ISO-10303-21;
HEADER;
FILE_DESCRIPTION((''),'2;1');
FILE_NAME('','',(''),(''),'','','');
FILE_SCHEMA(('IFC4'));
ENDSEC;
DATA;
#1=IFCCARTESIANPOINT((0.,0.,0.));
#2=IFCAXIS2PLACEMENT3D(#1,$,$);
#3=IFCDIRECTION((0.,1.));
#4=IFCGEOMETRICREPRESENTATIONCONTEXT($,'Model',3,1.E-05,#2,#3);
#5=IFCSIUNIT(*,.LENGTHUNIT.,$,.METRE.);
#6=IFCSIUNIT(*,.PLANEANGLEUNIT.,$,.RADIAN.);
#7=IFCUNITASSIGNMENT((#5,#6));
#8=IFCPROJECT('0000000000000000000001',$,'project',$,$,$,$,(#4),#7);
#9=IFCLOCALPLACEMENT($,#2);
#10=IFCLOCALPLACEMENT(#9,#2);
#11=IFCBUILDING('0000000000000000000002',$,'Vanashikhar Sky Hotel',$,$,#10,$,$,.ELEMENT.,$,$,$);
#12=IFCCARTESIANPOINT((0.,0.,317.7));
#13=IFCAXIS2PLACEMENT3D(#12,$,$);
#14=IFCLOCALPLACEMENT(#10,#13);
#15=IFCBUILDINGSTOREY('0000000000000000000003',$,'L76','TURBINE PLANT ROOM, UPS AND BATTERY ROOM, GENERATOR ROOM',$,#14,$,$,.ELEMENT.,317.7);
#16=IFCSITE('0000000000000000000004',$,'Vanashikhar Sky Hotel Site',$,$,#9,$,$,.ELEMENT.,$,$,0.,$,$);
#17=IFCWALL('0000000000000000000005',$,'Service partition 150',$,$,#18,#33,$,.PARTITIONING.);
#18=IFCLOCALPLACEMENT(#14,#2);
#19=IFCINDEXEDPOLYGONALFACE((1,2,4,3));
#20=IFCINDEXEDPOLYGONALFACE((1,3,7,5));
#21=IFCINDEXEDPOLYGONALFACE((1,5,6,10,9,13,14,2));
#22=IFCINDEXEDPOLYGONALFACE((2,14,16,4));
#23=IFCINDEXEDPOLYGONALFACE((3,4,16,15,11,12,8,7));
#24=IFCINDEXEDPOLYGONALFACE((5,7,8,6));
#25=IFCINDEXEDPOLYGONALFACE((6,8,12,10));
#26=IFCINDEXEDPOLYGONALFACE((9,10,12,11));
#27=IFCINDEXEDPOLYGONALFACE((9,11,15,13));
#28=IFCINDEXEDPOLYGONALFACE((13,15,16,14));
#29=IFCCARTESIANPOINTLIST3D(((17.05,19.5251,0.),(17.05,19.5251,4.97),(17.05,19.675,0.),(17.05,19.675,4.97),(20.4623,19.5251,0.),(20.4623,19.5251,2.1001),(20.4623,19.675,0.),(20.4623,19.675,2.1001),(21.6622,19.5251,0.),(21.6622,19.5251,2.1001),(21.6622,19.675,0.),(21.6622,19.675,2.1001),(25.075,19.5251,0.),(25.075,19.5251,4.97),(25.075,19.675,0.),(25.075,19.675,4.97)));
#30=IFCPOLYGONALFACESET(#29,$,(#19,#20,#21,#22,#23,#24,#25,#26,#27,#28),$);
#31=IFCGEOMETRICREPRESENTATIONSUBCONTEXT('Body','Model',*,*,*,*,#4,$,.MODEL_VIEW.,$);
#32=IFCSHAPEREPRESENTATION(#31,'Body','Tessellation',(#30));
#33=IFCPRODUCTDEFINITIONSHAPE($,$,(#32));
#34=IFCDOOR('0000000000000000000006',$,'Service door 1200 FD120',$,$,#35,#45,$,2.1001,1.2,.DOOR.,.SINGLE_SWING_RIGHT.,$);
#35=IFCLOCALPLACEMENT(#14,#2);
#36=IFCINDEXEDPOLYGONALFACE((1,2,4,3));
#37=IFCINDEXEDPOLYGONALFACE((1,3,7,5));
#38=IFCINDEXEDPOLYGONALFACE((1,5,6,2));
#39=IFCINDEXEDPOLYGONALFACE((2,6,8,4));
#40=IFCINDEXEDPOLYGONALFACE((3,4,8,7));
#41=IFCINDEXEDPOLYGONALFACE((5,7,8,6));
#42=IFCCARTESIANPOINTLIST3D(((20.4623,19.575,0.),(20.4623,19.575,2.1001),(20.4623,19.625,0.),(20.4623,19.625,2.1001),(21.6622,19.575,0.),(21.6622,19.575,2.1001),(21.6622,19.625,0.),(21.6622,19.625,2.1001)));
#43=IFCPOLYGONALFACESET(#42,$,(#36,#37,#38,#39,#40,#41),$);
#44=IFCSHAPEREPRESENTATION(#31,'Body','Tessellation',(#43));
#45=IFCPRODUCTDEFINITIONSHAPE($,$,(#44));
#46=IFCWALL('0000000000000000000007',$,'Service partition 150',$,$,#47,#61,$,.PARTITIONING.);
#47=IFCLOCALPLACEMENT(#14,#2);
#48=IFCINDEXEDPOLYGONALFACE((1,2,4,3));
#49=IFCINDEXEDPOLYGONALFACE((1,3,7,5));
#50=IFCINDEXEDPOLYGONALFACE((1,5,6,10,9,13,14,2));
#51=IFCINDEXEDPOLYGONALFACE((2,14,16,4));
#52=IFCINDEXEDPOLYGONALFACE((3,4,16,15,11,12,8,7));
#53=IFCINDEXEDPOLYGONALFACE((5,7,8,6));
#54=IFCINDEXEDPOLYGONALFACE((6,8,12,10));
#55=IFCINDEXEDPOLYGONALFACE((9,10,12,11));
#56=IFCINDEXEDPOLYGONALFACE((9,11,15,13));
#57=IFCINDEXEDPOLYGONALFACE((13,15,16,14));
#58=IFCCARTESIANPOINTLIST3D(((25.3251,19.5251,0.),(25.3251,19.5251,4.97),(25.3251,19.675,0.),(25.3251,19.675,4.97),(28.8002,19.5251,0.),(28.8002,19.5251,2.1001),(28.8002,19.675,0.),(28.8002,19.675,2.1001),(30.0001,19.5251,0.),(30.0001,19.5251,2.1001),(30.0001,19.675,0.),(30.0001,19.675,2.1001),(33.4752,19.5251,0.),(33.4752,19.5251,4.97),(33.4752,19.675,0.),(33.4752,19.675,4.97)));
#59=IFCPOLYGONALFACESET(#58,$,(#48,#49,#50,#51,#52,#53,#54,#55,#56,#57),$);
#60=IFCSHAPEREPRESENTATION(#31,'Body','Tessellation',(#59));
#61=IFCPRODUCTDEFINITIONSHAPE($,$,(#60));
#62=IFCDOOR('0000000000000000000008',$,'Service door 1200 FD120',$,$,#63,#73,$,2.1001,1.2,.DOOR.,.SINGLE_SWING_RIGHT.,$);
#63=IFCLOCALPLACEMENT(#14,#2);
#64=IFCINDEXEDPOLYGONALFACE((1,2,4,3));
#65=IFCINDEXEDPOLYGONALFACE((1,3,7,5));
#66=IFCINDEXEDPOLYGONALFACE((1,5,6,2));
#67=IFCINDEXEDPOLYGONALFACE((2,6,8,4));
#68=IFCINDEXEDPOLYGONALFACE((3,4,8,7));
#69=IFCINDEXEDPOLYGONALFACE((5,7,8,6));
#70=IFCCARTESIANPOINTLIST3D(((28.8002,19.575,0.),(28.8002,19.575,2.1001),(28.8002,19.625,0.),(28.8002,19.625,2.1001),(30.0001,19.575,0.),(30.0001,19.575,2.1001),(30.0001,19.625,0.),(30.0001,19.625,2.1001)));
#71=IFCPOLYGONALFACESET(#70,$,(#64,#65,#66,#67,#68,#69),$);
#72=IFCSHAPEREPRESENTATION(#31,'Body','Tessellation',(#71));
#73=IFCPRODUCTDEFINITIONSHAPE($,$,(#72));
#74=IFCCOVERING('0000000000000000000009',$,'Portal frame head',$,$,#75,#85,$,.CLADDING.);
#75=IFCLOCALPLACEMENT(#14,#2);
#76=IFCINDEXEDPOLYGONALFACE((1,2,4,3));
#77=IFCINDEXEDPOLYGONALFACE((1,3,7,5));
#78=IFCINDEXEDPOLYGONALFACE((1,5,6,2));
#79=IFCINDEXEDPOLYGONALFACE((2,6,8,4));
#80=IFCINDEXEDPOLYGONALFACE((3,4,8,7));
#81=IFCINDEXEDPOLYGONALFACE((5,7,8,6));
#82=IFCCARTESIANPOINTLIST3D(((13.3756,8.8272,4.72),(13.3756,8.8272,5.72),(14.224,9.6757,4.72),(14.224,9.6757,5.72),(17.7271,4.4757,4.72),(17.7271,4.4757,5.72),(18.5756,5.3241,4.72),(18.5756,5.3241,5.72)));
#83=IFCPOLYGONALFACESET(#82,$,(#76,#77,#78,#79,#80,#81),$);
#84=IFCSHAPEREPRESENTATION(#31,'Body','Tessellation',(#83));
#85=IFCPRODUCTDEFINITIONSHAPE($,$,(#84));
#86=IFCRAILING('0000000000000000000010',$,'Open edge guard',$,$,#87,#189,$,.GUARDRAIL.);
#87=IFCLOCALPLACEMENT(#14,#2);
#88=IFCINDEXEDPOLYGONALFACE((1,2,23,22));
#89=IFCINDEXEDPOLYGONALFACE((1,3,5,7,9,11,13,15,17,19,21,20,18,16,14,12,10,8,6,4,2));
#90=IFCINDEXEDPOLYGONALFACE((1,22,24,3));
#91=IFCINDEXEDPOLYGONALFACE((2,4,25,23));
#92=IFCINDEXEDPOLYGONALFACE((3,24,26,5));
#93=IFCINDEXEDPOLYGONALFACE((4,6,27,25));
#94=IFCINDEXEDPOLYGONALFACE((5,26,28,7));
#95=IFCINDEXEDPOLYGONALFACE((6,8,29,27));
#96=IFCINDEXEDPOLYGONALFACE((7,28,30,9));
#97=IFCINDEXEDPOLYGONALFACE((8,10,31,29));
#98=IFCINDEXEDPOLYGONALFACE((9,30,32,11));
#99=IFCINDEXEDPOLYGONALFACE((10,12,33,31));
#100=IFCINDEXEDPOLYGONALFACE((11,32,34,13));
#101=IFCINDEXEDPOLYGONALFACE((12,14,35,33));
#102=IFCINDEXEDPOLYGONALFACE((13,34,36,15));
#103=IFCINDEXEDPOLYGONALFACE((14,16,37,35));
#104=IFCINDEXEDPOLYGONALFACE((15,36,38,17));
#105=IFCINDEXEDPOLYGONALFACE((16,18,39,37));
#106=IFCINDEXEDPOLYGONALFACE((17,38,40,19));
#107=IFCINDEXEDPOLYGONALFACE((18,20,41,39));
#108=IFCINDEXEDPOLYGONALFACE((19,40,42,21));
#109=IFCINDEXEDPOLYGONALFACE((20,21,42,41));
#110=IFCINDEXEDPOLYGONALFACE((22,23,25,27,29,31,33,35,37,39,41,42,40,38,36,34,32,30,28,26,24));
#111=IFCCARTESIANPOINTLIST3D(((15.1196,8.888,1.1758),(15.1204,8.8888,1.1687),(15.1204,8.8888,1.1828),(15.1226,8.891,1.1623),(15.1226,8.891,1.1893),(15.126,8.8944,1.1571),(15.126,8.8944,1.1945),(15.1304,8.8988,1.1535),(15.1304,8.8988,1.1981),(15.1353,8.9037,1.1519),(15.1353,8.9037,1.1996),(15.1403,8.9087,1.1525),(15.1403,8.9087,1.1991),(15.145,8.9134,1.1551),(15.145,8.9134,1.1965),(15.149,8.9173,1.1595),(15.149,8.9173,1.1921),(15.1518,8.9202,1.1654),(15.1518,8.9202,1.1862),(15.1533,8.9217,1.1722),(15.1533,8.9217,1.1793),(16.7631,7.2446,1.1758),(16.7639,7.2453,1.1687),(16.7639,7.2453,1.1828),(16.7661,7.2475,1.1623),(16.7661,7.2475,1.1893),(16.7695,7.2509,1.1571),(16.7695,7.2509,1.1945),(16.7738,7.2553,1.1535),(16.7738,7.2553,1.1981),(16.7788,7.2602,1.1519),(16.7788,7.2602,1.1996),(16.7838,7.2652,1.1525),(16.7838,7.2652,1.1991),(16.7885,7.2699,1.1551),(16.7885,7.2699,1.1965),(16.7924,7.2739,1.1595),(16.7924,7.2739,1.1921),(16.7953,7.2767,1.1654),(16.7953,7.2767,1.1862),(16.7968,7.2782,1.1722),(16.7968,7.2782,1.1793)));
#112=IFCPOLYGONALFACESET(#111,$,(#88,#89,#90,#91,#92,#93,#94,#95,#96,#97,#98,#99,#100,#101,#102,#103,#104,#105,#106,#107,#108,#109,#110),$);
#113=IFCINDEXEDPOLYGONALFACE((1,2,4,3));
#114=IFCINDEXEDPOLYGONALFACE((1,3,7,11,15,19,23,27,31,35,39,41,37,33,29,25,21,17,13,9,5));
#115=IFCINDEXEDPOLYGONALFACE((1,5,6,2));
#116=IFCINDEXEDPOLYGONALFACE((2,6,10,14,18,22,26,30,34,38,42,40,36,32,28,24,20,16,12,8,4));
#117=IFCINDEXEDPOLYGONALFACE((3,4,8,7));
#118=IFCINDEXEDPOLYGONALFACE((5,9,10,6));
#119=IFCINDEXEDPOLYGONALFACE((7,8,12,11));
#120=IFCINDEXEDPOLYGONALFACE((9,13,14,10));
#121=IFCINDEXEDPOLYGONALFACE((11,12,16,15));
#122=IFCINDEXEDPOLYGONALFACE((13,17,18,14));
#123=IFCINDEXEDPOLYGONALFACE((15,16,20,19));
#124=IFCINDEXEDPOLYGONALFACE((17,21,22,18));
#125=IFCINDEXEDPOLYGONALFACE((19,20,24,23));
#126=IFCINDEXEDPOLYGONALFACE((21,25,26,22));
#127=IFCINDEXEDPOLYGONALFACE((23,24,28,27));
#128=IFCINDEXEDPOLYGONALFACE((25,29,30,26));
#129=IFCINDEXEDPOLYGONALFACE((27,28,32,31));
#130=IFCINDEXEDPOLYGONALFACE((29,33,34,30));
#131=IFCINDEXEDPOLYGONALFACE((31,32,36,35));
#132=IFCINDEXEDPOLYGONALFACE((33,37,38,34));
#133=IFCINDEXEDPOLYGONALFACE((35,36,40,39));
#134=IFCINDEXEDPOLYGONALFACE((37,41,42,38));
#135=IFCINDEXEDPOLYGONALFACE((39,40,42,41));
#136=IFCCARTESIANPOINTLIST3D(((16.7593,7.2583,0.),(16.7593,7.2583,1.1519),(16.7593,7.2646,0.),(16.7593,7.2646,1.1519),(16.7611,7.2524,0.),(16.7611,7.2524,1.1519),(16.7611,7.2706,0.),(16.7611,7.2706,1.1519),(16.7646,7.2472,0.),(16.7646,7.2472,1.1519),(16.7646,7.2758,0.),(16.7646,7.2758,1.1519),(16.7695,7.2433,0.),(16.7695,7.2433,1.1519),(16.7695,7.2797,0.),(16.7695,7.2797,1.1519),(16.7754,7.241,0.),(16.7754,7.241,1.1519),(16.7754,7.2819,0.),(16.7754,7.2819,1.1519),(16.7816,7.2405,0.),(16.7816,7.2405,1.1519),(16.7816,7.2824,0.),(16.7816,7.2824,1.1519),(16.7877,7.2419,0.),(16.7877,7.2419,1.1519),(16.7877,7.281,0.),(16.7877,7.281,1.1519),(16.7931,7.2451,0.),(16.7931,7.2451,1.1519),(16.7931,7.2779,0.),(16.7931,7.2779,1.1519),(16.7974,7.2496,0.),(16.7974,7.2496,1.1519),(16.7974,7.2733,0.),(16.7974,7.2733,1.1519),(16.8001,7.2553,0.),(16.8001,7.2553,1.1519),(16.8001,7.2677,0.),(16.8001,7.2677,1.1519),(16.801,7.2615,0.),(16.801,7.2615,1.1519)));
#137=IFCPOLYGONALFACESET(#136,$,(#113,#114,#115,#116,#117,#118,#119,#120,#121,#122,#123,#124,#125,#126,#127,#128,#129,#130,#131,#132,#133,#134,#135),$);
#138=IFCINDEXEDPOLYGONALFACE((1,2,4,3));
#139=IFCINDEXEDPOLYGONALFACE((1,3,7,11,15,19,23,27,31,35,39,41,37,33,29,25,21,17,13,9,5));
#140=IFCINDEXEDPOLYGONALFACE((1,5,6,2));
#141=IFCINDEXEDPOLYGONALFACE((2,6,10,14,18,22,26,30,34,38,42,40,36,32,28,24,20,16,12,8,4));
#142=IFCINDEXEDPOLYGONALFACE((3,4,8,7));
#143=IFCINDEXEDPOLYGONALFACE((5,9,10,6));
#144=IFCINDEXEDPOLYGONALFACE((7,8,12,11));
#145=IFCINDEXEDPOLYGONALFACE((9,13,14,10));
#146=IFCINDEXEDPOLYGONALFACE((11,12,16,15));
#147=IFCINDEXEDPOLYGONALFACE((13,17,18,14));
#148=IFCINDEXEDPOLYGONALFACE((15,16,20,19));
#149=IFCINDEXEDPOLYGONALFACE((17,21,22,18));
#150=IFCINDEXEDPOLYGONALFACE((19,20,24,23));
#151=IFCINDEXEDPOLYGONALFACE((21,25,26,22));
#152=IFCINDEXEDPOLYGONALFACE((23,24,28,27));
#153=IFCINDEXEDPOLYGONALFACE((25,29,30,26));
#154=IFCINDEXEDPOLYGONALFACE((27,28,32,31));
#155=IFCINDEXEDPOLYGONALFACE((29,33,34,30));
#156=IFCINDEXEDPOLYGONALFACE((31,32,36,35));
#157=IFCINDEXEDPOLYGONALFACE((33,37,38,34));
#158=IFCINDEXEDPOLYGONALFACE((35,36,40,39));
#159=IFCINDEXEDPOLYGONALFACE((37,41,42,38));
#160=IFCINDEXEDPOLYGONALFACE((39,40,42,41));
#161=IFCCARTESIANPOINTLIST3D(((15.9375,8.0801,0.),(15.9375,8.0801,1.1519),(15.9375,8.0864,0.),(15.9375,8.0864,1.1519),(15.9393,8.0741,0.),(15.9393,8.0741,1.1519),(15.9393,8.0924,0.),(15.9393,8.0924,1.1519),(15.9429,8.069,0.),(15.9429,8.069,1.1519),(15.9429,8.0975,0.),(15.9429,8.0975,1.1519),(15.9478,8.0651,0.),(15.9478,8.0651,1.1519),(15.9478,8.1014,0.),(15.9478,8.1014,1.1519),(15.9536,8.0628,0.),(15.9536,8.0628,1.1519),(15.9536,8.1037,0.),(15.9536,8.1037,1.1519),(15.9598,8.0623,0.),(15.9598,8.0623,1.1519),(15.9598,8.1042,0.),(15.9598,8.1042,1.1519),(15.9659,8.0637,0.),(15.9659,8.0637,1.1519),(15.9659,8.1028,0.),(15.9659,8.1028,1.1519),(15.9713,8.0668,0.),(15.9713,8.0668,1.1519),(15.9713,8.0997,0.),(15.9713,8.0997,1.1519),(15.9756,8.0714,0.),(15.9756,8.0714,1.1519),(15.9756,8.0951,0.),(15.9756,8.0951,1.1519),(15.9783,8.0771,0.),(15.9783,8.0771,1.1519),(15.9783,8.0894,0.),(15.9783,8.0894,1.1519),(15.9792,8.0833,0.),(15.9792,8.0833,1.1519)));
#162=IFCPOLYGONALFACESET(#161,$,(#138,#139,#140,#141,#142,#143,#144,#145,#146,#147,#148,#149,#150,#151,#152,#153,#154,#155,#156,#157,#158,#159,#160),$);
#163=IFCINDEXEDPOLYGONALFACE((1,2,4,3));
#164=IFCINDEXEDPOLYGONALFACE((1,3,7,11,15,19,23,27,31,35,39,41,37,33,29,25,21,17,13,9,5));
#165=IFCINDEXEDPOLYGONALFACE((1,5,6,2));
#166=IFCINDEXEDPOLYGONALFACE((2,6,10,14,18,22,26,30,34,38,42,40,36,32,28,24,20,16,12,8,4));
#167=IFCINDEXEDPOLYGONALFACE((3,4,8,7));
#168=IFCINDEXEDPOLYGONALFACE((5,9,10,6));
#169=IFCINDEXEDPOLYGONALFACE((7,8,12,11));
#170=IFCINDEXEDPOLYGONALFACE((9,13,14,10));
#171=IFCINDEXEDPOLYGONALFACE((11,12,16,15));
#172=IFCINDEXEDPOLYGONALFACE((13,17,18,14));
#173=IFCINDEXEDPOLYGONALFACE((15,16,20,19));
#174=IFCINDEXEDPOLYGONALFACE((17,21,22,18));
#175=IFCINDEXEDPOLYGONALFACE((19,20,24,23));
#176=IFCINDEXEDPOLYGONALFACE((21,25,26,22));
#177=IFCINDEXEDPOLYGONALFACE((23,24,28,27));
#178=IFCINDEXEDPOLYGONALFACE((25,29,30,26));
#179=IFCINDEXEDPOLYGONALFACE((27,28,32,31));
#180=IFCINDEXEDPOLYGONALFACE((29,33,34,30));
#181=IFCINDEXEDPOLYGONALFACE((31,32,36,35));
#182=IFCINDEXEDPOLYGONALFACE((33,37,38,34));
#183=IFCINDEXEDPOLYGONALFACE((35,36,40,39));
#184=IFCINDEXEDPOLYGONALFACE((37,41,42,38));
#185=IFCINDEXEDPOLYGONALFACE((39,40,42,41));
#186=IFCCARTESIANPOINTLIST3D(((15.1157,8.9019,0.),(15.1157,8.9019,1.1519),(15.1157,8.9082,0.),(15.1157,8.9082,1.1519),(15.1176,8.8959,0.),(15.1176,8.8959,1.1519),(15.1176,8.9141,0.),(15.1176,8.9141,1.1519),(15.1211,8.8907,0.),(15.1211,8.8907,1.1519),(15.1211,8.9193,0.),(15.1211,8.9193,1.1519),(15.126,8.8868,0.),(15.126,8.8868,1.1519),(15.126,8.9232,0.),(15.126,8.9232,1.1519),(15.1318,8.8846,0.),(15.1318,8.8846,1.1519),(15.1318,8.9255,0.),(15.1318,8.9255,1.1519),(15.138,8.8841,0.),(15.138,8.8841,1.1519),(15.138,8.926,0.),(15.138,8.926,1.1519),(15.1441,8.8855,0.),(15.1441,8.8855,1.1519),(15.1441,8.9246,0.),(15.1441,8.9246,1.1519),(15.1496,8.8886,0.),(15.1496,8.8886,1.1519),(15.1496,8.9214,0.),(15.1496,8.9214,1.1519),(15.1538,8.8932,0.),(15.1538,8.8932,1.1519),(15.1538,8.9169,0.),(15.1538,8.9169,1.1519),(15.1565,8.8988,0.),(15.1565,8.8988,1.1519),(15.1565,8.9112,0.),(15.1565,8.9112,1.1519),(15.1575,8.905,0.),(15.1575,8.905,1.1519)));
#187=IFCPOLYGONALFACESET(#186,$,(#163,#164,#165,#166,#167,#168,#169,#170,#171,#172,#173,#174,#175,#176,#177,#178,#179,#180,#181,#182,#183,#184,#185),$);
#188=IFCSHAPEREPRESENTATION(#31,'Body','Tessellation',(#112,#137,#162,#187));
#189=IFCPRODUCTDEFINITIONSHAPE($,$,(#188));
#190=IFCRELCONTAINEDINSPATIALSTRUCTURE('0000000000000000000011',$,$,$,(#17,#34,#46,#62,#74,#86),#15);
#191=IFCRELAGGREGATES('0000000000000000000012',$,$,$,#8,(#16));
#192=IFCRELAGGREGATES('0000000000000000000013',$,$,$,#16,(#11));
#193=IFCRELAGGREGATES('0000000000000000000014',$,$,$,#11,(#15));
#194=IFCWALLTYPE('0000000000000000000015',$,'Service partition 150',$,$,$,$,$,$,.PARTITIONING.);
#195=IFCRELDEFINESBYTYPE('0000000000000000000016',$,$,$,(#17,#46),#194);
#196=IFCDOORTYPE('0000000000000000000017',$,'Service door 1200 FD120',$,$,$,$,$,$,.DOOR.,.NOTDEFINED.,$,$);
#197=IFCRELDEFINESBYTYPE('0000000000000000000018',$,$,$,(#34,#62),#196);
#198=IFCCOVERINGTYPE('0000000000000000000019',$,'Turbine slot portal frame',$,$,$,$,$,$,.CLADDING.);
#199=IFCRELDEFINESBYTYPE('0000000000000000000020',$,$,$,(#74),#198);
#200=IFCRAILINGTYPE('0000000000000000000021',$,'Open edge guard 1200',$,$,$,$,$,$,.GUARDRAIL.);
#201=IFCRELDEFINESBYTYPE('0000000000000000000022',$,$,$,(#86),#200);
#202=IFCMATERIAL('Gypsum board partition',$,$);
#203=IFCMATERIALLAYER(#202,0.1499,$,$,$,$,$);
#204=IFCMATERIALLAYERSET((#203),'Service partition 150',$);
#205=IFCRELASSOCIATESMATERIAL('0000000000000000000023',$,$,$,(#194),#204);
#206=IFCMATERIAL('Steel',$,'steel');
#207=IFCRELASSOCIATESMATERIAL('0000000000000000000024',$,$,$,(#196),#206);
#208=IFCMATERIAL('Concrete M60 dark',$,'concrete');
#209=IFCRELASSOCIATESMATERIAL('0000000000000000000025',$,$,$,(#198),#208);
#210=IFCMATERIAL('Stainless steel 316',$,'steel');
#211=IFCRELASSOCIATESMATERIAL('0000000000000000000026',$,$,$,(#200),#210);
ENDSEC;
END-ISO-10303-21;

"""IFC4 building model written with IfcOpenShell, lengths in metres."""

from ifc_helpers import new_model, si_unit, direction, frame, frame_2d, origin, origin_2d, place, context, subcontext, project, spatial, rectangle, circle, extrude, source, transform, mapped, material, layer, layer_set, type_object, element, fill, save


model = new_model("IFC4")

# Units and contexts
model_context = context("Model", 3, precision=1e-05, world=origin(), true_north=direction((0.0, 1.0)))
body_context = subcontext(model_context, "Body", "Model", "MODEL_VIEW")
ifc_project = project(units=[si_unit("LENGTHUNIT", "METRE"), si_unit("PLANEANGLEUNIT", "RADIAN")], contexts=[model_context])

# Site, building, storey
site_placement = place(None, origin())
site = spatial("IfcSite", under=ifc_project, at=site_placement, Name="Vanashikhar Sky Hotel Site", CompositionType="ELEMENT", RefElevation=0.0)
building_placement = place(site_placement, origin())
building = spatial("IfcBuilding", under=site, at=building_placement, Name="Vanashikhar Sky Hotel", CompositionType="ELEMENT")
storey_placement = place(building_placement, frame((0.0, 0.0, 317.7)))
storey = spatial("IfcBuildingStorey", under=building, at=storey_placement, Name="L76", Description="TURBINE PLANT ROOM, UPS AND BATTERY ROOM, GENERATOR ROOM", CompositionType="ELEMENT", Elevation=317.7)

# Walls, openings, doors
ifc_material_1 = material(Name="Gypsum board partition")
ifc_layer_1 = layer(ifc_material_1, 0.1499)
ifc_layer_set_1 = layer_set([ifc_layer_1], Name="Service partition 150")
wall_type_1 = type_object("IfcWallType", Name="Service partition 150", PredefinedType="PARTITIONING", material=ifc_layer_set_1)
shared_shape_1 = source(origin(), body_context, "Body", "SweptSolid", [
    extrude(rectangle(XDim=8.0249, YDim=0.1499, at=frame_2d((4.0125, 0.0))), origin(), (0.0, 0.0, 1.0), 4.97),
])
wall_1_placement = place(storey_placement, frame((17.05, 19.6001, 0.0), z_axis=(0.0, 0.0, 1.0), x_axis=(1.0, 0.0, 0.0)))
wall_1 = element("IfcWall", 1, at=wall_1_placement, inside=storey, type_object=wall_type_1, Name="Service partition 150", PredefinedType="PARTITIONING", context=body_context, shape_type="MappedRepresentation", body=[
    mapped(shared_shape_1, transform((0.0, 0.0, 0.0), scale=1.0)),
])
shared_shape_2 = source(origin(), body_context, "Body", "SweptSolid", [
    extrude(rectangle(XDim=1.2, YDim=2.1001, at=frame_2d((0.6001, 1.05))), frame((0.0, 0.085, 0.0), z_axis=(0.0, -1.0, 0.0), x_axis=(1.0, 0.0, 0.0)), (0.0, 0.0, 1.0), 0.1699),
])
opening_1_placement = place(wall_1_placement, frame((3.4121, 0.0, 0.0)))
opening_1 = element("IfcOpeningElement", 2, at=opening_1_placement, cuts=wall_1, PredefinedType="OPENING", context=body_context, shape_type="MappedRepresentation", body=[
    mapped(shared_shape_2, transform((0.0, 0.0, 0.0), scale=1.0)),
])
ifc_material_2 = material(Name="Steel", Category="steel")
door_type = type_object("IfcDoorType", Name="Service door 1200 FD120", OperationType="NOTDEFINED", PredefinedType="DOOR", material=ifc_material_2)
shared_shape_3 = source(origin(), body_context, "Body", "SweptSolid", [
    extrude(rectangle(XDim=1.2, YDim=2.1001, at=frame_2d((0.6001, 1.05))), frame((0.0, 0.0249, 0.0), z_axis=(0.0, -1.0, 0.0), x_axis=(1.0, 0.0, 0.0)), (0.0, 0.0, 1.0), 0.05),
])
door_1_placement = place(opening_1_placement, origin())
door_1 = element("IfcDoor", 3, at=door_1_placement, inside=storey, type_object=door_type, Name="Service door 1200 FD120", OperationType="SINGLE_SWING_RIGHT", OverallHeight=2.1001, OverallWidth=1.2, PredefinedType="DOOR", context=body_context, shape_type="MappedRepresentation", body=[
    mapped(shared_shape_3, transform((0.0, 0.0, 0.0), scale=1.0)),
])
fill(opening_1, door_1)
shared_shape_4 = source(origin(), body_context, "Body", "SweptSolid", [
    extrude(rectangle(XDim=8.1501, YDim=0.1499, at=frame_2d((4.0752, 0.0))), origin(), (0.0, 0.0, 1.0), 4.97),
])
wall_2_placement = place(storey_placement, frame((25.325, 19.6001, 0.0), z_axis=(0.0, 0.0, 1.0), x_axis=(1.0, 0.0, 0.0)))
wall_2 = element("IfcWall", 4, at=wall_2_placement, inside=storey, type_object=wall_type_1, Name="Service partition 150", PredefinedType="PARTITIONING", context=body_context, shape_type="MappedRepresentation", body=[
    mapped(shared_shape_4, transform((0.0, 0.0, 0.0), scale=1.0)),
])
opening_2_placement = place(wall_2_placement, frame((3.4751, 0.0, 0.0)))
opening_2 = element("IfcOpeningElement", 5, at=opening_2_placement, cuts=wall_2, PredefinedType="OPENING", context=body_context, shape_type="MappedRepresentation", body=[
    mapped(shared_shape_2, transform((0.0, 0.0, 0.0), scale=1.0)),
])
door_2_placement = place(opening_2_placement, origin())
door_2 = element("IfcDoor", 6, at=door_2_placement, inside=storey, type_object=door_type, Name="Service door 1200 FD120", OperationType="SINGLE_SWING_RIGHT", OverallHeight=2.1001, OverallWidth=1.2, PredefinedType="DOOR", context=body_context, shape_type="MappedRepresentation", body=[
    mapped(shared_shape_3, transform((0.0, 0.0, 0.0), scale=1.0)),
])
fill(opening_2, door_2)

# Covering
ifc_material_3 = material(Name="Concrete M60 dark", Category="concrete")
covering_type = type_object("IfcCoveringType", Name="Turbine slot portal frame", PredefinedType="CLADDING", material=ifc_material_3)
shared_shape_5 = source(origin(), body_context, "Body", "SweptSolid", [
    extrude(rectangle(XDim=6.1541, YDim=1.2, at=origin_2d()), origin(), (0.0, 0.0, 1.0), 1.0),
])
covering_1_placement = place(storey_placement, frame((15.9756, 7.0757, 4.72), z_axis=(0.0, 0.0, 1.0), x_axis=(0.707107, -0.707107, 0.0)))
element("IfcCovering", 7, at=covering_1_placement, inside=storey, type_object=covering_type, Name="Portal frame head", PredefinedType="CLADDING", context=body_context, shape_type="MappedRepresentation", body=[
    mapped(shared_shape_5, transform((0.0, 0.0, 0.0), scale=1.0)),
])

# Railing
ifc_material_4 = material(Name="Stainless steel 316", Category="steel")
railing_type = type_object("IfcRailingType", Name="Open edge guard 1200", PredefinedType="GUARDRAIL", material=ifc_material_4)
shared_shape_6 = source(origin(), body_context, "Body", "SweptSolid", [
    extrude(circle(Radius=0.0239, at=origin_2d()), frame((0.0, 0.0, 1.1758), z_axis=(-0.707107, 0.707107, 0.0), x_axis=(-0.707107, -0.707107, 0.0)), (0.0, 0.0, 1.0), 2.3242),
    extrude(circle(Radius=0.021, at=origin_2d()), origin(), (0.0, 0.0, 1.0), 1.1519),
    extrude(circle(Radius=0.021, at=origin_2d()), frame((-0.8218, 0.8218, 0.0)), (0.0, 0.0, 1.0), 1.1519),
    extrude(circle(Radius=0.021, at=origin_2d()), frame((-1.6436, 1.6436, 0.0)), (0.0, 0.0, 1.0), 1.1519),
])
railing_1_placement = place(storey_placement, frame((16.78, 7.2615, 0.0)))
element("IfcRailing", 8, at=railing_1_placement, inside=storey, type_object=railing_type, Name="Open edge guard", PredefinedType="GUARDRAIL", context=body_context, shape_type="MappedRepresentation", body=[
    mapped(shared_shape_6, transform((0.0, 0.0, 0.0), scale=1.0)),
])

save(model, "model.ifc")
